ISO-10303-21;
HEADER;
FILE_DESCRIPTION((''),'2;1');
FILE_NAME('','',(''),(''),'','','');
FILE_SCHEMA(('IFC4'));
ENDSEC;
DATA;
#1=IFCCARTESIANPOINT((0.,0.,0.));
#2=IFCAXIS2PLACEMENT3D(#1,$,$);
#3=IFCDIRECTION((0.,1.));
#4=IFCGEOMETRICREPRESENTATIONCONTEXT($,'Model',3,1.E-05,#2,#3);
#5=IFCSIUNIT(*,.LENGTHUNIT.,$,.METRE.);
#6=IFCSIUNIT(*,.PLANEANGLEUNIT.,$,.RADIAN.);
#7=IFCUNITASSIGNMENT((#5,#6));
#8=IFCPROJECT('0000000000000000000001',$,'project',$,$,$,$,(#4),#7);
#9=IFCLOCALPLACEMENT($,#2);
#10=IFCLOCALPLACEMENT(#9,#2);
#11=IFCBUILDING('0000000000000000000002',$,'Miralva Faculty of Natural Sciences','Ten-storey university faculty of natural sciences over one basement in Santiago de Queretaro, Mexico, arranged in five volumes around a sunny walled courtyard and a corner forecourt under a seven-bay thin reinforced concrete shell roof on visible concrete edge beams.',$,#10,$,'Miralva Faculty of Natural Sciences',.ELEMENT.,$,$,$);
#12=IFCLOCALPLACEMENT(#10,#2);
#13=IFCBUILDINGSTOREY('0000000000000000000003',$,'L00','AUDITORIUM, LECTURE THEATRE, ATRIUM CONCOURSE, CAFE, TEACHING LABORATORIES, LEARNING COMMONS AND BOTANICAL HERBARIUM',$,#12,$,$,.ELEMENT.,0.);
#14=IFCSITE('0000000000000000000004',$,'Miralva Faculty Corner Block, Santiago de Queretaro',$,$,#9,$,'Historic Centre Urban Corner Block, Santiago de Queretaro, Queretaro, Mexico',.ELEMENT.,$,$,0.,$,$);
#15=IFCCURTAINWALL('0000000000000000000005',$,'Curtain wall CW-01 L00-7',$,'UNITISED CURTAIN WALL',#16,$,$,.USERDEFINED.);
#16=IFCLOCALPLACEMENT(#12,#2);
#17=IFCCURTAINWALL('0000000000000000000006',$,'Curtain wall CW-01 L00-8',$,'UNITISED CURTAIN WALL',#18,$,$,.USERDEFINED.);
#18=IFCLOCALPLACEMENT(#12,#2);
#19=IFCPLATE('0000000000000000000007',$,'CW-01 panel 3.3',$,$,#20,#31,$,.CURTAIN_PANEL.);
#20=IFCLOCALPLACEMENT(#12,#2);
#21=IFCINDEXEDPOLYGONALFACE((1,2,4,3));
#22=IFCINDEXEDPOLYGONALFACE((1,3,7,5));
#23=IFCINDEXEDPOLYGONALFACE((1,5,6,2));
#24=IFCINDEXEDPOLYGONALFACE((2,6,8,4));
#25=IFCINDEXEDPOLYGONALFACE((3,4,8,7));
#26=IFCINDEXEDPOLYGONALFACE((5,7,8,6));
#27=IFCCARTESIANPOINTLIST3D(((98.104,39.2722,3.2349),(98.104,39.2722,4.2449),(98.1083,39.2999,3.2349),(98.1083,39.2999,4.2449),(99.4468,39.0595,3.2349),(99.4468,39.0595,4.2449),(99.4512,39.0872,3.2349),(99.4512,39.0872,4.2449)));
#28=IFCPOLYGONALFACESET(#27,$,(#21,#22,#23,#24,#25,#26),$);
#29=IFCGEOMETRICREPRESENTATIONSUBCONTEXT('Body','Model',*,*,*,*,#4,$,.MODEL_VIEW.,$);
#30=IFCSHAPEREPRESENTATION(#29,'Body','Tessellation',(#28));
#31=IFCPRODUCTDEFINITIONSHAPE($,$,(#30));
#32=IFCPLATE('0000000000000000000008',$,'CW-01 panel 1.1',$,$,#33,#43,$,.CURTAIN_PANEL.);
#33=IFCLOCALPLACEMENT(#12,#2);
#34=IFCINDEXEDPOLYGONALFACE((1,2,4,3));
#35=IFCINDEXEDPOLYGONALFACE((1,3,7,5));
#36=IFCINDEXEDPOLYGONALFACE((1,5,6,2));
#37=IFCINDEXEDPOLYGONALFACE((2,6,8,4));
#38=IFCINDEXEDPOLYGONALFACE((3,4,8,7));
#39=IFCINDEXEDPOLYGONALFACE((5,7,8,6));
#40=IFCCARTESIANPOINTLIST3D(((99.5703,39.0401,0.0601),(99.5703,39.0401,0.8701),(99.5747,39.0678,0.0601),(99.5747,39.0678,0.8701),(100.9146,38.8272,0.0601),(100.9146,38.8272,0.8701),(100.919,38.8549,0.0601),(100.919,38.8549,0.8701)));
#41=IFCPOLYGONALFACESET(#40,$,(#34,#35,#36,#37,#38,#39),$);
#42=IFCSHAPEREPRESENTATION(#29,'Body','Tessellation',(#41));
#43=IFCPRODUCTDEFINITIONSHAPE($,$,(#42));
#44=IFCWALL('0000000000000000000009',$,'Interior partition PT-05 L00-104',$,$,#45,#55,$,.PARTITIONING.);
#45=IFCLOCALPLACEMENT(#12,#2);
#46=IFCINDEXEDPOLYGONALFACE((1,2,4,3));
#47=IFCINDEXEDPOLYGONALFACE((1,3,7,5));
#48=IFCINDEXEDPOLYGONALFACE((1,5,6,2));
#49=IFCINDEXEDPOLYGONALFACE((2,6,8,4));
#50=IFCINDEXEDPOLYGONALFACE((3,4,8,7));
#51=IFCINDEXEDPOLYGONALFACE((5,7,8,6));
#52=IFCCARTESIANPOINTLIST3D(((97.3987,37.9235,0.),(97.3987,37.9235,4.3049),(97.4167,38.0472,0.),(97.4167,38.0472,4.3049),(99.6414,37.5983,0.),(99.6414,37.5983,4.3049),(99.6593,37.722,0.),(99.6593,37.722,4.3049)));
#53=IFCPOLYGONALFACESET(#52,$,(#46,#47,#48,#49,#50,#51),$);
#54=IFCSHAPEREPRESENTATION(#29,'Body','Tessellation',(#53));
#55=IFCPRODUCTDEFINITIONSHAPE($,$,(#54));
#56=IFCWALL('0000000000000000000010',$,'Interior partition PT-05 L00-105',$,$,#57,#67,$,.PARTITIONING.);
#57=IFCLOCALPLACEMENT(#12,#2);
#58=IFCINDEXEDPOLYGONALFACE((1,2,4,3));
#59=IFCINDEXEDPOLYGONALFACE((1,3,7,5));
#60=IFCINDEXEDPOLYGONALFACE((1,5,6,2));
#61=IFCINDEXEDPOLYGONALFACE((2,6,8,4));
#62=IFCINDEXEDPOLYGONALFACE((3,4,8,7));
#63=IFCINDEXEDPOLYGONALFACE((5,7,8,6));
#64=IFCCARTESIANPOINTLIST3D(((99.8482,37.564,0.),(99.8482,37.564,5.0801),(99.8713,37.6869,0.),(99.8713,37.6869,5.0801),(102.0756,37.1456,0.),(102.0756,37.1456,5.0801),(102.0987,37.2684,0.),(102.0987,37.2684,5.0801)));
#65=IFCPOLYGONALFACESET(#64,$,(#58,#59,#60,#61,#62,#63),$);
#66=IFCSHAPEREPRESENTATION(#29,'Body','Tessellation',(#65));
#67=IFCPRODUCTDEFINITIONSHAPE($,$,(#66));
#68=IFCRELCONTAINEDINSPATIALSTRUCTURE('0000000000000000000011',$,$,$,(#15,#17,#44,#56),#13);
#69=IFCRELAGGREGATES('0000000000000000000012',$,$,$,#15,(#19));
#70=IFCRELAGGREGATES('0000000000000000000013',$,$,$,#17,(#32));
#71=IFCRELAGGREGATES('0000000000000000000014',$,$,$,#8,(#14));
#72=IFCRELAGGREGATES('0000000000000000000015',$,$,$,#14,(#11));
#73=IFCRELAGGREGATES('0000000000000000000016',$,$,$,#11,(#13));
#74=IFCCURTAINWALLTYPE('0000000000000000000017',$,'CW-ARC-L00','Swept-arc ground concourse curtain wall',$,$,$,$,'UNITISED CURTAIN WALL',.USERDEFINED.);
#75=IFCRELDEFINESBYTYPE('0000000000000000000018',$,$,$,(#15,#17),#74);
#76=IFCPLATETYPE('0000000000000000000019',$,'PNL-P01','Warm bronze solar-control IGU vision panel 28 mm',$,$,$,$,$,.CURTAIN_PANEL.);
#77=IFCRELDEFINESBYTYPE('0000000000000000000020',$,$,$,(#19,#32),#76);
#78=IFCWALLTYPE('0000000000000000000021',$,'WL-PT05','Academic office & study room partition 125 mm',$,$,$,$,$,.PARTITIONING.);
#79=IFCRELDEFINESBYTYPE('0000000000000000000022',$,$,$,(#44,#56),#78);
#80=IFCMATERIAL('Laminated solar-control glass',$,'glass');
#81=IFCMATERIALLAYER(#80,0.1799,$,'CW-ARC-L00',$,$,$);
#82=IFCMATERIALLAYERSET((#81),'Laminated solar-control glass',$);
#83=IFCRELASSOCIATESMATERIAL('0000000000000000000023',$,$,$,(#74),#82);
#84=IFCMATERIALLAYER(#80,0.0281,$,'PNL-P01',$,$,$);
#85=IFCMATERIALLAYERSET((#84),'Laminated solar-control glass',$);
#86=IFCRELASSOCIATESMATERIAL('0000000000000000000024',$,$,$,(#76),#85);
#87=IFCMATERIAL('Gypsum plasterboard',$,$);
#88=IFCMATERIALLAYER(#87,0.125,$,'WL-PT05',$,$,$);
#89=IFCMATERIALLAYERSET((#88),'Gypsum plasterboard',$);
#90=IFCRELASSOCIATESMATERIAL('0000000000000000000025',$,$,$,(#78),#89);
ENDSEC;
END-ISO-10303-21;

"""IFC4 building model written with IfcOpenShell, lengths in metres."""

from ifc_helpers import new_model, si_unit, direction, frame, frame_2d, origin, origin_2d, place, context, subcontext, project, spatial, rectangle, extrude, material, layer, layer_set, type_object, element, aggregate, save


model = new_model("IFC4")

# Units and contexts
model_context = context("Model", 3, precision=1e-05, world=origin(), true_north=direction((0.0, 1.0)))
body_context = subcontext(model_context, "Body", "Model", "MODEL_VIEW")
ifc_project = project(units=[si_unit("LENGTHUNIT", "METRE"), si_unit("PLANEANGLEUNIT", "RADIAN")], contexts=[model_context])

# Site, building, storey
site_placement = place(None, origin())
site = spatial("IfcSite", under=ifc_project, at=site_placement, Name="Miralva Faculty Corner Block, Santiago de Queretaro", LongName="Historic Centre Urban Corner Block, Santiago de Queretaro, Queretaro, Mexico", CompositionType="ELEMENT", RefElevation=0.0)
building_placement = place(site_placement, origin())
building = spatial("IfcBuilding", under=site, at=building_placement, Name="Miralva Faculty of Natural Sciences", Description="Ten-storey university faculty of natural sciences over one basement in Santiago de Queretaro, Mexico, arranged in five volumes around a sunny walled courtyard and a corner forecourt under a seven-bay thin reinforced concrete shell roof on visible concrete edge beams.", LongName="Miralva Faculty of Natural Sciences", CompositionType="ELEMENT")
storey_placement = place(building_placement, origin())
storey = spatial("IfcBuildingStorey", under=building, at=storey_placement, Name="L00", Description="AUDITORIUM, LECTURE THEATRE, ATRIUM CONCOURSE, CAFE, TEACHING LABORATORIES, LEARNING COMMONS AND BOTANICAL HERBARIUM", CompositionType="ELEMENT", Elevation=0.0)

# Curtain wall
ifc_material_1 = material(Name="Laminated solar-control glass", Category="glass")
ifc_layer_1 = layer(ifc_material_1, 0.1799, Name="CW-ARC-L00")
ifc_layer_set_1 = layer_set([ifc_layer_1], Name="Laminated solar-control glass")
curtain_wall_type = type_object("IfcCurtainWallType", Name="CW-ARC-L00", Description="Swept-arc ground concourse curtain wall", ElementType="UNITISED CURTAIN WALL", PredefinedType="USERDEFINED", material=ifc_layer_set_1)
curtain_wall_1_placement = place(storey_placement, origin())
curtain_wall_1 = element("IfcCurtainWall", 1, at=curtain_wall_1_placement, inside=storey, type_object=curtain_wall_type, Name="Curtain wall CW-01 L00-7", ObjectType="UNITISED CURTAIN WALL", PredefinedType="USERDEFINED")

# Curtain wall
curtain_wall_2_placement = place(storey_placement, origin())
curtain_wall_2 = element("IfcCurtainWall", 2, at=curtain_wall_2_placement, inside=storey, type_object=curtain_wall_type, Name="Curtain wall CW-01 L00-8", ObjectType="UNITISED CURTAIN WALL", PredefinedType="USERDEFINED")

# Plates
ifc_layer_2 = layer(ifc_material_1, 0.0281, Name="PNL-P01")
ifc_layer_set_2 = layer_set([ifc_layer_2], Name="Laminated solar-control glass")
plate_type = type_object("IfcPlateType", Name="PNL-P01", Description="Warm bronze solar-control IGU vision panel 28 mm", PredefinedType="CURTAIN_PANEL", material=ifc_layer_set_2)
plate_1_placement = place(storey_placement, frame((98.7776, 39.1797, 3.2349), z_axis=(0.0, 0.0, 1.0), x_axis=(0.987691, -0.156417, 0.0)))
plate_1 = element("IfcPlate", 3, at=plate_1_placement, type_object=plate_type, Name="CW-01 panel 3.3", PredefinedType="CURTAIN_PANEL", context=body_context, shape_type="SweptSolid", body=[
    extrude(rectangle(XDim=1.3596, YDim=0.0281, at=origin_2d()), origin(), (0.0, 0.0, 1.0), 1.01),
])
aggregate(curtain_wall_1, [plate_1])
plate_2_placement = place(storey_placement, frame((100.2446, 38.9475, 0.0601), z_axis=(0.0, 0.0, 1.0), x_axis=(0.987687, -0.156445, 0.0)))
plate_2 = element("IfcPlate", 4, at=plate_2_placement, type_object=plate_type, Name="CW-01 panel 1.1", PredefinedType="CURTAIN_PANEL", context=body_context, shape_type="SweptSolid", body=[
    extrude(rectangle(XDim=1.3611, YDim=0.0281, at=origin_2d()), origin(), (0.0, 0.0, 1.0), 0.8101),
])
aggregate(curtain_wall_2, [plate_2])

# Walls
ifc_material_2 = material(Name="Gypsum plasterboard")
ifc_layer_3 = layer(ifc_material_2, 0.125, Name="WL-PT05")
ifc_layer_set_3 = layer_set([ifc_layer_3], Name="Gypsum plasterboard")
wall_type = type_object("IfcWallType", Name="WL-PT05", Description="Academic office & study room partition 125 mm", PredefinedType="PARTITIONING", material=ifc_layer_set_3)
wall_1_placement = place(storey_placement, frame((97.4077, 37.9854, 0.0), z_axis=(0.0, 0.0, 1.0), x_axis=(0.98965, -0.143502, 0.0)))
element("IfcWall", 5, at=wall_1_placement, inside=storey, type_object=wall_type, Name="Interior partition PT-05 L00-104", PredefinedType="PARTITIONING", context=body_context, shape_type="SweptSolid", body=[
    extrude(rectangle(XDim=2.2661, YDim=0.125, at=frame_2d((1.1331, 0.0))), origin(), (0.0, 0.0, 1.0), 4.3049),
])
wall_2_placement = place(storey_placement, frame((99.8596, 37.6255, 0.0), z_axis=(0.0, 0.0, 1.0), x_axis=(0.982805, -0.184646, 0.0)))
element("IfcWall", 6, at=wall_2_placement, inside=storey, type_object=wall_type, Name="Interior partition PT-05 L00-105", PredefinedType="PARTITIONING", context=body_context, shape_type="SweptSolid", body=[
    extrude(rectangle(XDim=2.2664, YDim=0.125, at=frame_2d((1.1333, 0.0))), origin(), (0.0, 0.0, 1.0), 5.0801),
])

save(model, "model.ifc")
